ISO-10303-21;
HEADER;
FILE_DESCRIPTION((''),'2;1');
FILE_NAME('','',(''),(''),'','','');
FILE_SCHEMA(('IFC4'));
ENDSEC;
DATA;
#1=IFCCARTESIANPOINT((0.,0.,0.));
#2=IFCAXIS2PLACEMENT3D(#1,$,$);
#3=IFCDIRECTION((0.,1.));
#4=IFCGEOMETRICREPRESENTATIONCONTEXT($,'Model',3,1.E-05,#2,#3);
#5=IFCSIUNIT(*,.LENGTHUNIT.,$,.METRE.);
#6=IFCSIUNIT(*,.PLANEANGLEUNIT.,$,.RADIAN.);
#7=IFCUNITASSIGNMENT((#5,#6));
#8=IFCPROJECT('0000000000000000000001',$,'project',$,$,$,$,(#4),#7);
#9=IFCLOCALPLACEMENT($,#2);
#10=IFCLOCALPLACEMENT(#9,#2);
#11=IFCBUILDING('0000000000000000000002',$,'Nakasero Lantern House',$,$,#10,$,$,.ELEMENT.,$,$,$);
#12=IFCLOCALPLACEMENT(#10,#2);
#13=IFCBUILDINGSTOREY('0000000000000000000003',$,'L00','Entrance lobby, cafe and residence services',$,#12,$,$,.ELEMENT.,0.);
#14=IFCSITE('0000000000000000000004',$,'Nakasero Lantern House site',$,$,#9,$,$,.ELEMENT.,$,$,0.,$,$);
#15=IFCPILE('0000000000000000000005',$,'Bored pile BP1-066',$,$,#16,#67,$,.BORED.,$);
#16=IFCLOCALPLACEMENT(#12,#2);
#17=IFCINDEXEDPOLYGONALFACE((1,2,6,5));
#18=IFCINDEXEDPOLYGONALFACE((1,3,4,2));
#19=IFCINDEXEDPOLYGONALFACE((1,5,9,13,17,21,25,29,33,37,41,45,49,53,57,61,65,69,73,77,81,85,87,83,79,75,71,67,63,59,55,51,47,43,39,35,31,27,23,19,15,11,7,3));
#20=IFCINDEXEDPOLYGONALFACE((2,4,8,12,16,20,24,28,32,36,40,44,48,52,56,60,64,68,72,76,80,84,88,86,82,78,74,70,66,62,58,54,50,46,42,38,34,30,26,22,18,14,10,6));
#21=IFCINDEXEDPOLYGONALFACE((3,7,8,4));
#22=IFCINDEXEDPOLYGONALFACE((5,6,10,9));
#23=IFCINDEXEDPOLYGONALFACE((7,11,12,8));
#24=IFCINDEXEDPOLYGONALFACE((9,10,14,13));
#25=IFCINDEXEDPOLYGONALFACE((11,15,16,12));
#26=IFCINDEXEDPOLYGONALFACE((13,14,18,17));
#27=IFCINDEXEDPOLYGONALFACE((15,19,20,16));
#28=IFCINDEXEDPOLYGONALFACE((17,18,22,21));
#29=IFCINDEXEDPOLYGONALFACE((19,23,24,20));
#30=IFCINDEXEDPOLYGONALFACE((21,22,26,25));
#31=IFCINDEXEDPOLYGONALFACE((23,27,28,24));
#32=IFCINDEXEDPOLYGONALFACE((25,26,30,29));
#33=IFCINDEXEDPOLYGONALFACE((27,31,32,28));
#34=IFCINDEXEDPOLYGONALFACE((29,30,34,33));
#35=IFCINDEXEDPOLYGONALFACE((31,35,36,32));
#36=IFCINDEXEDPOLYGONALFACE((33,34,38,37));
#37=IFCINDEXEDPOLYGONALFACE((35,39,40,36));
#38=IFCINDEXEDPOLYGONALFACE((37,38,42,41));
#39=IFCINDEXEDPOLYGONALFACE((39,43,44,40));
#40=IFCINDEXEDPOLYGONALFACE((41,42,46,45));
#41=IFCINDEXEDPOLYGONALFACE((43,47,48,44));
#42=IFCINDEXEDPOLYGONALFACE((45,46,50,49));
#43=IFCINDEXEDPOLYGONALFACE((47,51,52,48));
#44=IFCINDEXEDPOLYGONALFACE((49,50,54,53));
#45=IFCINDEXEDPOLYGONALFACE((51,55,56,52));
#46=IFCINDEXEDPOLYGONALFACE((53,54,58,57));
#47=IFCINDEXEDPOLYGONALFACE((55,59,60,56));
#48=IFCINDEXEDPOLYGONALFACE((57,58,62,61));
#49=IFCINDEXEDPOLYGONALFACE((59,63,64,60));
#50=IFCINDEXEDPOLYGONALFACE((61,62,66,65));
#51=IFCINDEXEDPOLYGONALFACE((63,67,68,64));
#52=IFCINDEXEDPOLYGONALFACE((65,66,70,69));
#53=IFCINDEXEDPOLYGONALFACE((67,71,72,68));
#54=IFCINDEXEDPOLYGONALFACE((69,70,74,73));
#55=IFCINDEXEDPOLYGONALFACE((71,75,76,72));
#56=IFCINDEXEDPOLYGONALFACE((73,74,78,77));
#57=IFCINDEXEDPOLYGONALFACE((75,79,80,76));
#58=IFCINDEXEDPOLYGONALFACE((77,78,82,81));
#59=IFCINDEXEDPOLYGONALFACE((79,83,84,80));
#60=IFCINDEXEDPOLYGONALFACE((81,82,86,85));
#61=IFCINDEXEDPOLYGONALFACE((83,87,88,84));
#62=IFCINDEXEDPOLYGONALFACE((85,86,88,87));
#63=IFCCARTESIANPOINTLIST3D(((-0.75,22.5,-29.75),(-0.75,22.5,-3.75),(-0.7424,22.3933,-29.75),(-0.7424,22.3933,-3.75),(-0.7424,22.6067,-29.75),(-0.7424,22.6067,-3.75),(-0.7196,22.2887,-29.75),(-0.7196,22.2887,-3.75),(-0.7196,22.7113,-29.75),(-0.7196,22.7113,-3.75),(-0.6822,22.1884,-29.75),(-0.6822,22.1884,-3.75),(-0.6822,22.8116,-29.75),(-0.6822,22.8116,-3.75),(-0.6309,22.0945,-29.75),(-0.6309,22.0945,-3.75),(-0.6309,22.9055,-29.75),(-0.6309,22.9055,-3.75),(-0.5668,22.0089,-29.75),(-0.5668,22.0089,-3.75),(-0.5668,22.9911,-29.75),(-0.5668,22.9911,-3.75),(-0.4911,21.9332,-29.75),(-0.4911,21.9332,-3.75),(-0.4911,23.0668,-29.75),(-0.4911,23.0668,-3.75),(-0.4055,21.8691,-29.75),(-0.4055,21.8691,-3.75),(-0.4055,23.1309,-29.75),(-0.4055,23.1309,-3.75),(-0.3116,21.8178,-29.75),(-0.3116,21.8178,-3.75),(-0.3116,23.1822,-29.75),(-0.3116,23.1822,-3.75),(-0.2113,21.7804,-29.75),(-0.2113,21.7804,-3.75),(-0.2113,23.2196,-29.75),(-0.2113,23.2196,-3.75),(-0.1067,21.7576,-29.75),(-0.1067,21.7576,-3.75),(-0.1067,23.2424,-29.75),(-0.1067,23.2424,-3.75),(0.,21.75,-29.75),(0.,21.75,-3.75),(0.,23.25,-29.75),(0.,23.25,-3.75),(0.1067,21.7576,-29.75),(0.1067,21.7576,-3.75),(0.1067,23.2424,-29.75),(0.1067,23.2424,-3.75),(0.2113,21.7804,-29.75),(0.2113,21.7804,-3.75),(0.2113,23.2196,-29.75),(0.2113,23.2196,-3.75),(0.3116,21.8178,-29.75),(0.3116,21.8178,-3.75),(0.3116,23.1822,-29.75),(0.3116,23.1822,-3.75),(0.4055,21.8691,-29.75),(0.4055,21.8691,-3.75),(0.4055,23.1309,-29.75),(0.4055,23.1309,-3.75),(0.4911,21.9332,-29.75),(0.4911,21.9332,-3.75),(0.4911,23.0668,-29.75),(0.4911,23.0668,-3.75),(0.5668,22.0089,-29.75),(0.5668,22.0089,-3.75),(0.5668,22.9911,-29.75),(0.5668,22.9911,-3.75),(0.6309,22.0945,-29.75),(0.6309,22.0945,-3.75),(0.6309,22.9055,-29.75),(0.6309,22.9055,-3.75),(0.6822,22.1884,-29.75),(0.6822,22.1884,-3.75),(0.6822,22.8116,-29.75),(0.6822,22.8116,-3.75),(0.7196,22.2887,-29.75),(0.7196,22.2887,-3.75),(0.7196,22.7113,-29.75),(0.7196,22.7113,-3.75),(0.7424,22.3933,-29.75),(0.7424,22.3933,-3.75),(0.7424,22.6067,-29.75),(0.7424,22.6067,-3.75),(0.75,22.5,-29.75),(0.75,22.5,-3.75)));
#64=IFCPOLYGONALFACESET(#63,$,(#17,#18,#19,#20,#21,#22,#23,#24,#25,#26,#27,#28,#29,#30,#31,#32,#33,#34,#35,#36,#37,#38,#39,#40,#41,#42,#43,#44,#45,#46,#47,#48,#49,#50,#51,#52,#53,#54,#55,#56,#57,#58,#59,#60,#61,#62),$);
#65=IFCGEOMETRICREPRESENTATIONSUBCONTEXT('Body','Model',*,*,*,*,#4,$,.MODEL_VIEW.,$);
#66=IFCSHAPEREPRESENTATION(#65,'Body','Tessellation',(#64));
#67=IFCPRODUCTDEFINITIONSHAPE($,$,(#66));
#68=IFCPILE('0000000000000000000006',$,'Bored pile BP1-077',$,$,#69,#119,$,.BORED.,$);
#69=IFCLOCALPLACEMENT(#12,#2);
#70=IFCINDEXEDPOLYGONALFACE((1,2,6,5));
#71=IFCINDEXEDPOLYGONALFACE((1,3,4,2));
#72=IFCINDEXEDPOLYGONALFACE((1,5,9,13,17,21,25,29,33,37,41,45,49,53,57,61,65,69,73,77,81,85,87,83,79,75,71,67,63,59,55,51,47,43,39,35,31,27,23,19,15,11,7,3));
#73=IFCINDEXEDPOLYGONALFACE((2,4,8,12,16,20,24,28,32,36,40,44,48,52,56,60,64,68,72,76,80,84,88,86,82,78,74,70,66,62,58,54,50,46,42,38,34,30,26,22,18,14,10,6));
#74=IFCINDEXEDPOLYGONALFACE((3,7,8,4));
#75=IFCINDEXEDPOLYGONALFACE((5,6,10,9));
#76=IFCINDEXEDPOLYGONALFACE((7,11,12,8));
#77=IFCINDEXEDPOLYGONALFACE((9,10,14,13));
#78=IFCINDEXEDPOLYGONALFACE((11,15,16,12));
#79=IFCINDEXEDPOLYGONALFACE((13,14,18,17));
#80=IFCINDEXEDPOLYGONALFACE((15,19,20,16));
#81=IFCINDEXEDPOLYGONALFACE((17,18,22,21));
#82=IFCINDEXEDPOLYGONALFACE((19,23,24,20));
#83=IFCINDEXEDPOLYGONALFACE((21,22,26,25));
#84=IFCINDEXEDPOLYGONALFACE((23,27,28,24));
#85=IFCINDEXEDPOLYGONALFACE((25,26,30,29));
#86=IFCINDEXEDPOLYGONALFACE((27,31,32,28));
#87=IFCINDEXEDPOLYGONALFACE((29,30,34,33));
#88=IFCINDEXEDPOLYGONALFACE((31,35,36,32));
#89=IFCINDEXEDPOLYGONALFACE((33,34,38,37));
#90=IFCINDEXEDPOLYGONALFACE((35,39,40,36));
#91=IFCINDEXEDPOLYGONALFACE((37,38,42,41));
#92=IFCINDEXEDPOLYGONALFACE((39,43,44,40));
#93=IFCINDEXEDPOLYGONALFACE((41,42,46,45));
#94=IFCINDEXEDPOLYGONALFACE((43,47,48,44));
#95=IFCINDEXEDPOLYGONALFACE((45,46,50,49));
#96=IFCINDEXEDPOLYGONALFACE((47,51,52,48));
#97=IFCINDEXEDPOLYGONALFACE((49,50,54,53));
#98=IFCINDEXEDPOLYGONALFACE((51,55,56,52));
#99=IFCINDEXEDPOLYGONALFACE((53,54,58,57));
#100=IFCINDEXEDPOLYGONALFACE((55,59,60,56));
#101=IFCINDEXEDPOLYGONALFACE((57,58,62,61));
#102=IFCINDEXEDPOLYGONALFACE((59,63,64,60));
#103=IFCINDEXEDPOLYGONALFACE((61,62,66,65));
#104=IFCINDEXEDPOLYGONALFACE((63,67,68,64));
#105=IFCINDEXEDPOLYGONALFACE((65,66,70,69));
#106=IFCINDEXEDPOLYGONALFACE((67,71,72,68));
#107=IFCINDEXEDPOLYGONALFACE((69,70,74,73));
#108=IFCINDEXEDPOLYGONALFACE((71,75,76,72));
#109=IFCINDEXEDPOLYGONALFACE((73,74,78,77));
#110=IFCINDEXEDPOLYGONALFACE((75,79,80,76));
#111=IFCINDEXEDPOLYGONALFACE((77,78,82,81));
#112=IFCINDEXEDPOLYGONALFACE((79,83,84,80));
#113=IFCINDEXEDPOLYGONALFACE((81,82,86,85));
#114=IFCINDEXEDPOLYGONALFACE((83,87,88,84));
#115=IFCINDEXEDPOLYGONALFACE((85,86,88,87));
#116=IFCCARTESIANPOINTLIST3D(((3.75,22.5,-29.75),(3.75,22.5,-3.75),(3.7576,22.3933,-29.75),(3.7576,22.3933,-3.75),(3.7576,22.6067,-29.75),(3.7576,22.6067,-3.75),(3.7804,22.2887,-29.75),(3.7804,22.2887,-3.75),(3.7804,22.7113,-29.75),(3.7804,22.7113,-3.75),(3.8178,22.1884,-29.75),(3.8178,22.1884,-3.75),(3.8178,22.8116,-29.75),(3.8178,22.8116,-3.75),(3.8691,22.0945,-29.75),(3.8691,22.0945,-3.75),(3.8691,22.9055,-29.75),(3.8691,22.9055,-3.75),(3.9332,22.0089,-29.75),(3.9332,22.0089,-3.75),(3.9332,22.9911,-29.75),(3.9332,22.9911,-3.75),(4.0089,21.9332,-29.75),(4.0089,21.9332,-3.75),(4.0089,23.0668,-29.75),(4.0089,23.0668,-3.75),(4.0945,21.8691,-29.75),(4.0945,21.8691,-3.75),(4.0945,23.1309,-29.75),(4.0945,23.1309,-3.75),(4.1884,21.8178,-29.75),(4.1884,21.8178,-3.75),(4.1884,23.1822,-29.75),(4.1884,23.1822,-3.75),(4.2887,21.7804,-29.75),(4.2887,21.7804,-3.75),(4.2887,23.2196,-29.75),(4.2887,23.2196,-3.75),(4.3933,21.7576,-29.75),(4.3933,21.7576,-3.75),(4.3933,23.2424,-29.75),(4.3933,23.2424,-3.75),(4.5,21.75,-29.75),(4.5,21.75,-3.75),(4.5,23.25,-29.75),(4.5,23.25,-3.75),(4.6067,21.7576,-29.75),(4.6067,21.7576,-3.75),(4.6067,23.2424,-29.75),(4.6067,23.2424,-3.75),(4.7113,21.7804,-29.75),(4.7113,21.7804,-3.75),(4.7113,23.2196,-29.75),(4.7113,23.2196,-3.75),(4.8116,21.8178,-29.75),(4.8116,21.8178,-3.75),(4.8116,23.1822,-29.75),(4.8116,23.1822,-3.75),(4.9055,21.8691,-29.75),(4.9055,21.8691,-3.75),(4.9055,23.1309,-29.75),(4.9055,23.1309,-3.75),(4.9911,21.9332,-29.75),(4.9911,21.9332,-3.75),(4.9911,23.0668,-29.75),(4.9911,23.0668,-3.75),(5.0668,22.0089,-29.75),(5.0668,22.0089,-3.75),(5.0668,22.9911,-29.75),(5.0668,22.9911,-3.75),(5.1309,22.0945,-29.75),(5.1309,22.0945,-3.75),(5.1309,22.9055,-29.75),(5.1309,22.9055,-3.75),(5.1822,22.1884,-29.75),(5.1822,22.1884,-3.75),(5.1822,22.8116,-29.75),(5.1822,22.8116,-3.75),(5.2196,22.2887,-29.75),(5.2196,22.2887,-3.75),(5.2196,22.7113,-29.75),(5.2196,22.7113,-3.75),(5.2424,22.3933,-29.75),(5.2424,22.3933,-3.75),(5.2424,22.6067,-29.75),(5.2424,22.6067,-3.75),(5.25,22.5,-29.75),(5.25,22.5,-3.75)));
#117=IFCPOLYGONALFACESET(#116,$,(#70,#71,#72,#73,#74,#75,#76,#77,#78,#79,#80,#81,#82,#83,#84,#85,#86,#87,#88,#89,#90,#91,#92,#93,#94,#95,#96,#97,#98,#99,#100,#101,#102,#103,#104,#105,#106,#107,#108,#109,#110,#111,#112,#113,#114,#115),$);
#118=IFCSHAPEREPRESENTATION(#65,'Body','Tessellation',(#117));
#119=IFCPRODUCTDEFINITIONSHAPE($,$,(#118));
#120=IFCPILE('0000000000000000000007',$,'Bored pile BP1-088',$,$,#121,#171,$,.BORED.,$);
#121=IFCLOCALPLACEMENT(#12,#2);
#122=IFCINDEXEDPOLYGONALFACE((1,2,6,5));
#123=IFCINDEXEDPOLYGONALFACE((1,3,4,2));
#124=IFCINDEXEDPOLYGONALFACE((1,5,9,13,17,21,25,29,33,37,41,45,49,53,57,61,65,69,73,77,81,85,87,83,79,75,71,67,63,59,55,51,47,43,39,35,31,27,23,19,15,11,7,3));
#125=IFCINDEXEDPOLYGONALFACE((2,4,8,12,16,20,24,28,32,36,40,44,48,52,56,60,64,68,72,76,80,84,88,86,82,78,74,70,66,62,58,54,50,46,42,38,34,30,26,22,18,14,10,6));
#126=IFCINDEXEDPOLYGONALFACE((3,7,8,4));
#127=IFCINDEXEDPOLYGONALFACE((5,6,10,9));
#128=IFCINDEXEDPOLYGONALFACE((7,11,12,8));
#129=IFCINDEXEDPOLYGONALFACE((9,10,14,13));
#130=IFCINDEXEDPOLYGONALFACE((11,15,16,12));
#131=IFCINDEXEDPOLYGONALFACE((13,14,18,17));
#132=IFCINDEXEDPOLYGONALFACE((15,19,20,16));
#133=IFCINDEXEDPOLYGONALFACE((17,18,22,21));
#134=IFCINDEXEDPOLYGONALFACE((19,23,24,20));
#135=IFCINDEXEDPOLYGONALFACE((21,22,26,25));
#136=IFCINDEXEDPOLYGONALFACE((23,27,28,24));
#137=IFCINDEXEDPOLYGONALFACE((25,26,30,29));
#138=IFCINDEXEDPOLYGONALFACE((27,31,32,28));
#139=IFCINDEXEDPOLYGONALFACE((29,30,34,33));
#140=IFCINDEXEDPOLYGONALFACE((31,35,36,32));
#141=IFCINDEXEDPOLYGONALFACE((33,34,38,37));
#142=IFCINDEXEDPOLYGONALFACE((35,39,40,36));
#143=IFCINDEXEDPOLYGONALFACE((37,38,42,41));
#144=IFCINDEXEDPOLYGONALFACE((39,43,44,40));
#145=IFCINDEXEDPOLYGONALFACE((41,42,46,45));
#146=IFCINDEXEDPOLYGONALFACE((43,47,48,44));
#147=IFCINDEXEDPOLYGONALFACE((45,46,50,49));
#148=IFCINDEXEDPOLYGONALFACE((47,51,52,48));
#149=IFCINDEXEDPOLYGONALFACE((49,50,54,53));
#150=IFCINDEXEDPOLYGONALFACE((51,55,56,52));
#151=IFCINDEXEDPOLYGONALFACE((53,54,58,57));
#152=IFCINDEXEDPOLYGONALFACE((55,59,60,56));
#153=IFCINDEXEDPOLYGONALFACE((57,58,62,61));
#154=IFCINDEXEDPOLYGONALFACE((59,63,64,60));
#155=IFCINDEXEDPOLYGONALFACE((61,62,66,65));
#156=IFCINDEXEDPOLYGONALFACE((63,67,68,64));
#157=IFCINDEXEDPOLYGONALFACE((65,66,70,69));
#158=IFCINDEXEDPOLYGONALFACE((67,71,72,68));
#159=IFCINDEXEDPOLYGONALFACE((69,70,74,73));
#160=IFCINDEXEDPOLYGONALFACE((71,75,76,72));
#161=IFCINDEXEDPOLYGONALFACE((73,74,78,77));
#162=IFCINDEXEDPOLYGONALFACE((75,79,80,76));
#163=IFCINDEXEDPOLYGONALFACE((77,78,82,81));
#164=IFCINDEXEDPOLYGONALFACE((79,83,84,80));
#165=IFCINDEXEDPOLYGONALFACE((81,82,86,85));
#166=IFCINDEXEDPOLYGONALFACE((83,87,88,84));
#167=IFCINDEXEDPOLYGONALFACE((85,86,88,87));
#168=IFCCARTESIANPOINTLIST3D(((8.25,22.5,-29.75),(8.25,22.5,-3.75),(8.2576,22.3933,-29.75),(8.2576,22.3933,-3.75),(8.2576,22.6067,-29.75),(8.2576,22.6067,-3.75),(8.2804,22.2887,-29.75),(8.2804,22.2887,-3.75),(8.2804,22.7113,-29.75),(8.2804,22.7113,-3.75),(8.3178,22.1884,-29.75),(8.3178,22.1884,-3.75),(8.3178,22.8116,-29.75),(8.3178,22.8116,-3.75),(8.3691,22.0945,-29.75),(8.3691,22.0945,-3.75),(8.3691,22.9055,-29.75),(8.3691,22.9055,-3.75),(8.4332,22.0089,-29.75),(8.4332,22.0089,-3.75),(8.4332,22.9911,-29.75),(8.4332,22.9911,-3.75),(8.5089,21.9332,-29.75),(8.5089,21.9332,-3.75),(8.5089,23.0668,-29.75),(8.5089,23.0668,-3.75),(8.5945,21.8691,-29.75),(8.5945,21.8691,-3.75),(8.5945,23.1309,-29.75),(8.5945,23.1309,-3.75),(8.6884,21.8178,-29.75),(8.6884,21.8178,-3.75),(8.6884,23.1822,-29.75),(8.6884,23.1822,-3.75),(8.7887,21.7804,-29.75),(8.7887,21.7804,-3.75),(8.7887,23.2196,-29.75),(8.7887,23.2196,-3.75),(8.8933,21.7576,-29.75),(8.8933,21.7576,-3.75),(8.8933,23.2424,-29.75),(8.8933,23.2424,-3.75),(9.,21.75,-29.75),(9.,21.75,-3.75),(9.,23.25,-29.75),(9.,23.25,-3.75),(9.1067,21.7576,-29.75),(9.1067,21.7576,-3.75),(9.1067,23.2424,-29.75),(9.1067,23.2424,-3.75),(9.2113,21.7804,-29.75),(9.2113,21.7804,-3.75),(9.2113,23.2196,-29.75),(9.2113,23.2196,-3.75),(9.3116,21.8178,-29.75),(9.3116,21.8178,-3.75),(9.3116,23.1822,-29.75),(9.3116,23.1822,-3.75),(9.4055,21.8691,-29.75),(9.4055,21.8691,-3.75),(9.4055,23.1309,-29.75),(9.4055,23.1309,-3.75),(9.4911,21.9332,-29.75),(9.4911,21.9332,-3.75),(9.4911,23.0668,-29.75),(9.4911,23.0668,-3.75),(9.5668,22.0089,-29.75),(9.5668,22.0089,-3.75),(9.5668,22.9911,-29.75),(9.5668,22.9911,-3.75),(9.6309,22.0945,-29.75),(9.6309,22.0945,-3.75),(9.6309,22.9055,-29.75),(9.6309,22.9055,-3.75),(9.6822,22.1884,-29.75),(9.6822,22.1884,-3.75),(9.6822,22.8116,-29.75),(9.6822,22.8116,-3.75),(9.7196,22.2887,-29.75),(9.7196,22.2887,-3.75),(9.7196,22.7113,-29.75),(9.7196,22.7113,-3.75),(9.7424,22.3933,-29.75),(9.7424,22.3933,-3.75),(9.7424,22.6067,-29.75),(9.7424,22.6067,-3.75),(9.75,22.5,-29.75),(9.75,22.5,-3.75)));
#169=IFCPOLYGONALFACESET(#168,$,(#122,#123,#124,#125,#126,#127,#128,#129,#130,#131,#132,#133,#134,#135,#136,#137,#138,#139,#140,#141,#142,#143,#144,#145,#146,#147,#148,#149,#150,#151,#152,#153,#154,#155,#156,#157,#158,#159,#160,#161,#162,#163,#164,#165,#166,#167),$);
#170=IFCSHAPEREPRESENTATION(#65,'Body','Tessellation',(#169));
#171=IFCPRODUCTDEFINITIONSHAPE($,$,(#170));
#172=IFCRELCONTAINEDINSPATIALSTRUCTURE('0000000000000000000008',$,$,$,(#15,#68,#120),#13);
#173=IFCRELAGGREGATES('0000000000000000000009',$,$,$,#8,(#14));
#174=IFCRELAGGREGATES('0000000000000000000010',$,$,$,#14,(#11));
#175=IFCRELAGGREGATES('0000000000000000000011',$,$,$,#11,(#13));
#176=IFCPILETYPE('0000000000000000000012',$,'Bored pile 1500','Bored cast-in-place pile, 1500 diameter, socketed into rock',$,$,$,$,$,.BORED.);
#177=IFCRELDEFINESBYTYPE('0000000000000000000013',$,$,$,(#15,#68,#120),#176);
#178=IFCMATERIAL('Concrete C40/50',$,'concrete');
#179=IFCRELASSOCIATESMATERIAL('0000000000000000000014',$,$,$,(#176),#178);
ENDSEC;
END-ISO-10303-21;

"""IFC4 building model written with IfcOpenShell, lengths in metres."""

from ifc_helpers import new_model, si_unit, direction, frame, origin, origin_2d, place, context, subcontext, project, spatial, circle, extrude, material, type_object, element, save


model = new_model("IFC4")

# Units and contexts
model_context = context("Model", 3, precision=1e-05, world=origin(), true_north=direction((0.0, 1.0)))
body_context = subcontext(model_context, "Body", "Model", "MODEL_VIEW")
ifc_project = project(units=[si_unit("LENGTHUNIT", "METRE"), si_unit("PLANEANGLEUNIT", "RADIAN")], contexts=[model_context])

# Site, building, storey
site_placement = place(None, origin())
site = spatial("IfcSite", under=ifc_project, at=site_placement, Name="Nakasero Lantern House site", CompositionType="ELEMENT", RefElevation=0.0)
building_placement = place(site_placement, origin())
building = spatial("IfcBuilding", under=site, at=building_placement, Name="Nakasero Lantern House", CompositionType="ELEMENT")
storey_placement = place(building_placement, origin())
storey = spatial("IfcBuildingStorey", under=building, at=storey_placement, Name="L00", Description="Entrance lobby, cafe and residence services", CompositionType="ELEMENT", Elevation=0.0)

# Piles
ifc_material_1 = material(Name="Concrete C40/50", Category="concrete")
pile_type = type_object("IfcPileType", Name="Bored pile 1500", Description="Bored cast-in-place pile, 1500 diameter, socketed into rock", PredefinedType="BORED", material=ifc_material_1)
for number, where, z_axis, x_axis, name in (
    (1, (0.0, 22.5, -3.75), (0.0, 0.0, -1.0), (1.0, 0.0, 0.0), "Bored pile BP1-066"),
    (2, (4.5, 22.5, -3.75), (0.0, 0.0, -1.0), (1.0, 0.0, 0.0), "Bored pile BP1-077"),
    (3, (9.0, 22.5, -3.75), (0.0, 0.0, -1.0), (1.0, 0.0, 0.0), "Bored pile BP1-088"),
):
    element("IfcPile", number, at=place(storey_placement, frame(where, z_axis=z_axis, x_axis=x_axis)), inside=storey, type_object=pile_type, Name=name, PredefinedType="BORED", context=body_context, shape_type="SweptSolid", body=[
        extrude(circle(Radius=0.75, at=origin_2d()), origin(), (0.0, 0.0, 1.0), 26.0),
    ])

save(model, "model.ifc")
